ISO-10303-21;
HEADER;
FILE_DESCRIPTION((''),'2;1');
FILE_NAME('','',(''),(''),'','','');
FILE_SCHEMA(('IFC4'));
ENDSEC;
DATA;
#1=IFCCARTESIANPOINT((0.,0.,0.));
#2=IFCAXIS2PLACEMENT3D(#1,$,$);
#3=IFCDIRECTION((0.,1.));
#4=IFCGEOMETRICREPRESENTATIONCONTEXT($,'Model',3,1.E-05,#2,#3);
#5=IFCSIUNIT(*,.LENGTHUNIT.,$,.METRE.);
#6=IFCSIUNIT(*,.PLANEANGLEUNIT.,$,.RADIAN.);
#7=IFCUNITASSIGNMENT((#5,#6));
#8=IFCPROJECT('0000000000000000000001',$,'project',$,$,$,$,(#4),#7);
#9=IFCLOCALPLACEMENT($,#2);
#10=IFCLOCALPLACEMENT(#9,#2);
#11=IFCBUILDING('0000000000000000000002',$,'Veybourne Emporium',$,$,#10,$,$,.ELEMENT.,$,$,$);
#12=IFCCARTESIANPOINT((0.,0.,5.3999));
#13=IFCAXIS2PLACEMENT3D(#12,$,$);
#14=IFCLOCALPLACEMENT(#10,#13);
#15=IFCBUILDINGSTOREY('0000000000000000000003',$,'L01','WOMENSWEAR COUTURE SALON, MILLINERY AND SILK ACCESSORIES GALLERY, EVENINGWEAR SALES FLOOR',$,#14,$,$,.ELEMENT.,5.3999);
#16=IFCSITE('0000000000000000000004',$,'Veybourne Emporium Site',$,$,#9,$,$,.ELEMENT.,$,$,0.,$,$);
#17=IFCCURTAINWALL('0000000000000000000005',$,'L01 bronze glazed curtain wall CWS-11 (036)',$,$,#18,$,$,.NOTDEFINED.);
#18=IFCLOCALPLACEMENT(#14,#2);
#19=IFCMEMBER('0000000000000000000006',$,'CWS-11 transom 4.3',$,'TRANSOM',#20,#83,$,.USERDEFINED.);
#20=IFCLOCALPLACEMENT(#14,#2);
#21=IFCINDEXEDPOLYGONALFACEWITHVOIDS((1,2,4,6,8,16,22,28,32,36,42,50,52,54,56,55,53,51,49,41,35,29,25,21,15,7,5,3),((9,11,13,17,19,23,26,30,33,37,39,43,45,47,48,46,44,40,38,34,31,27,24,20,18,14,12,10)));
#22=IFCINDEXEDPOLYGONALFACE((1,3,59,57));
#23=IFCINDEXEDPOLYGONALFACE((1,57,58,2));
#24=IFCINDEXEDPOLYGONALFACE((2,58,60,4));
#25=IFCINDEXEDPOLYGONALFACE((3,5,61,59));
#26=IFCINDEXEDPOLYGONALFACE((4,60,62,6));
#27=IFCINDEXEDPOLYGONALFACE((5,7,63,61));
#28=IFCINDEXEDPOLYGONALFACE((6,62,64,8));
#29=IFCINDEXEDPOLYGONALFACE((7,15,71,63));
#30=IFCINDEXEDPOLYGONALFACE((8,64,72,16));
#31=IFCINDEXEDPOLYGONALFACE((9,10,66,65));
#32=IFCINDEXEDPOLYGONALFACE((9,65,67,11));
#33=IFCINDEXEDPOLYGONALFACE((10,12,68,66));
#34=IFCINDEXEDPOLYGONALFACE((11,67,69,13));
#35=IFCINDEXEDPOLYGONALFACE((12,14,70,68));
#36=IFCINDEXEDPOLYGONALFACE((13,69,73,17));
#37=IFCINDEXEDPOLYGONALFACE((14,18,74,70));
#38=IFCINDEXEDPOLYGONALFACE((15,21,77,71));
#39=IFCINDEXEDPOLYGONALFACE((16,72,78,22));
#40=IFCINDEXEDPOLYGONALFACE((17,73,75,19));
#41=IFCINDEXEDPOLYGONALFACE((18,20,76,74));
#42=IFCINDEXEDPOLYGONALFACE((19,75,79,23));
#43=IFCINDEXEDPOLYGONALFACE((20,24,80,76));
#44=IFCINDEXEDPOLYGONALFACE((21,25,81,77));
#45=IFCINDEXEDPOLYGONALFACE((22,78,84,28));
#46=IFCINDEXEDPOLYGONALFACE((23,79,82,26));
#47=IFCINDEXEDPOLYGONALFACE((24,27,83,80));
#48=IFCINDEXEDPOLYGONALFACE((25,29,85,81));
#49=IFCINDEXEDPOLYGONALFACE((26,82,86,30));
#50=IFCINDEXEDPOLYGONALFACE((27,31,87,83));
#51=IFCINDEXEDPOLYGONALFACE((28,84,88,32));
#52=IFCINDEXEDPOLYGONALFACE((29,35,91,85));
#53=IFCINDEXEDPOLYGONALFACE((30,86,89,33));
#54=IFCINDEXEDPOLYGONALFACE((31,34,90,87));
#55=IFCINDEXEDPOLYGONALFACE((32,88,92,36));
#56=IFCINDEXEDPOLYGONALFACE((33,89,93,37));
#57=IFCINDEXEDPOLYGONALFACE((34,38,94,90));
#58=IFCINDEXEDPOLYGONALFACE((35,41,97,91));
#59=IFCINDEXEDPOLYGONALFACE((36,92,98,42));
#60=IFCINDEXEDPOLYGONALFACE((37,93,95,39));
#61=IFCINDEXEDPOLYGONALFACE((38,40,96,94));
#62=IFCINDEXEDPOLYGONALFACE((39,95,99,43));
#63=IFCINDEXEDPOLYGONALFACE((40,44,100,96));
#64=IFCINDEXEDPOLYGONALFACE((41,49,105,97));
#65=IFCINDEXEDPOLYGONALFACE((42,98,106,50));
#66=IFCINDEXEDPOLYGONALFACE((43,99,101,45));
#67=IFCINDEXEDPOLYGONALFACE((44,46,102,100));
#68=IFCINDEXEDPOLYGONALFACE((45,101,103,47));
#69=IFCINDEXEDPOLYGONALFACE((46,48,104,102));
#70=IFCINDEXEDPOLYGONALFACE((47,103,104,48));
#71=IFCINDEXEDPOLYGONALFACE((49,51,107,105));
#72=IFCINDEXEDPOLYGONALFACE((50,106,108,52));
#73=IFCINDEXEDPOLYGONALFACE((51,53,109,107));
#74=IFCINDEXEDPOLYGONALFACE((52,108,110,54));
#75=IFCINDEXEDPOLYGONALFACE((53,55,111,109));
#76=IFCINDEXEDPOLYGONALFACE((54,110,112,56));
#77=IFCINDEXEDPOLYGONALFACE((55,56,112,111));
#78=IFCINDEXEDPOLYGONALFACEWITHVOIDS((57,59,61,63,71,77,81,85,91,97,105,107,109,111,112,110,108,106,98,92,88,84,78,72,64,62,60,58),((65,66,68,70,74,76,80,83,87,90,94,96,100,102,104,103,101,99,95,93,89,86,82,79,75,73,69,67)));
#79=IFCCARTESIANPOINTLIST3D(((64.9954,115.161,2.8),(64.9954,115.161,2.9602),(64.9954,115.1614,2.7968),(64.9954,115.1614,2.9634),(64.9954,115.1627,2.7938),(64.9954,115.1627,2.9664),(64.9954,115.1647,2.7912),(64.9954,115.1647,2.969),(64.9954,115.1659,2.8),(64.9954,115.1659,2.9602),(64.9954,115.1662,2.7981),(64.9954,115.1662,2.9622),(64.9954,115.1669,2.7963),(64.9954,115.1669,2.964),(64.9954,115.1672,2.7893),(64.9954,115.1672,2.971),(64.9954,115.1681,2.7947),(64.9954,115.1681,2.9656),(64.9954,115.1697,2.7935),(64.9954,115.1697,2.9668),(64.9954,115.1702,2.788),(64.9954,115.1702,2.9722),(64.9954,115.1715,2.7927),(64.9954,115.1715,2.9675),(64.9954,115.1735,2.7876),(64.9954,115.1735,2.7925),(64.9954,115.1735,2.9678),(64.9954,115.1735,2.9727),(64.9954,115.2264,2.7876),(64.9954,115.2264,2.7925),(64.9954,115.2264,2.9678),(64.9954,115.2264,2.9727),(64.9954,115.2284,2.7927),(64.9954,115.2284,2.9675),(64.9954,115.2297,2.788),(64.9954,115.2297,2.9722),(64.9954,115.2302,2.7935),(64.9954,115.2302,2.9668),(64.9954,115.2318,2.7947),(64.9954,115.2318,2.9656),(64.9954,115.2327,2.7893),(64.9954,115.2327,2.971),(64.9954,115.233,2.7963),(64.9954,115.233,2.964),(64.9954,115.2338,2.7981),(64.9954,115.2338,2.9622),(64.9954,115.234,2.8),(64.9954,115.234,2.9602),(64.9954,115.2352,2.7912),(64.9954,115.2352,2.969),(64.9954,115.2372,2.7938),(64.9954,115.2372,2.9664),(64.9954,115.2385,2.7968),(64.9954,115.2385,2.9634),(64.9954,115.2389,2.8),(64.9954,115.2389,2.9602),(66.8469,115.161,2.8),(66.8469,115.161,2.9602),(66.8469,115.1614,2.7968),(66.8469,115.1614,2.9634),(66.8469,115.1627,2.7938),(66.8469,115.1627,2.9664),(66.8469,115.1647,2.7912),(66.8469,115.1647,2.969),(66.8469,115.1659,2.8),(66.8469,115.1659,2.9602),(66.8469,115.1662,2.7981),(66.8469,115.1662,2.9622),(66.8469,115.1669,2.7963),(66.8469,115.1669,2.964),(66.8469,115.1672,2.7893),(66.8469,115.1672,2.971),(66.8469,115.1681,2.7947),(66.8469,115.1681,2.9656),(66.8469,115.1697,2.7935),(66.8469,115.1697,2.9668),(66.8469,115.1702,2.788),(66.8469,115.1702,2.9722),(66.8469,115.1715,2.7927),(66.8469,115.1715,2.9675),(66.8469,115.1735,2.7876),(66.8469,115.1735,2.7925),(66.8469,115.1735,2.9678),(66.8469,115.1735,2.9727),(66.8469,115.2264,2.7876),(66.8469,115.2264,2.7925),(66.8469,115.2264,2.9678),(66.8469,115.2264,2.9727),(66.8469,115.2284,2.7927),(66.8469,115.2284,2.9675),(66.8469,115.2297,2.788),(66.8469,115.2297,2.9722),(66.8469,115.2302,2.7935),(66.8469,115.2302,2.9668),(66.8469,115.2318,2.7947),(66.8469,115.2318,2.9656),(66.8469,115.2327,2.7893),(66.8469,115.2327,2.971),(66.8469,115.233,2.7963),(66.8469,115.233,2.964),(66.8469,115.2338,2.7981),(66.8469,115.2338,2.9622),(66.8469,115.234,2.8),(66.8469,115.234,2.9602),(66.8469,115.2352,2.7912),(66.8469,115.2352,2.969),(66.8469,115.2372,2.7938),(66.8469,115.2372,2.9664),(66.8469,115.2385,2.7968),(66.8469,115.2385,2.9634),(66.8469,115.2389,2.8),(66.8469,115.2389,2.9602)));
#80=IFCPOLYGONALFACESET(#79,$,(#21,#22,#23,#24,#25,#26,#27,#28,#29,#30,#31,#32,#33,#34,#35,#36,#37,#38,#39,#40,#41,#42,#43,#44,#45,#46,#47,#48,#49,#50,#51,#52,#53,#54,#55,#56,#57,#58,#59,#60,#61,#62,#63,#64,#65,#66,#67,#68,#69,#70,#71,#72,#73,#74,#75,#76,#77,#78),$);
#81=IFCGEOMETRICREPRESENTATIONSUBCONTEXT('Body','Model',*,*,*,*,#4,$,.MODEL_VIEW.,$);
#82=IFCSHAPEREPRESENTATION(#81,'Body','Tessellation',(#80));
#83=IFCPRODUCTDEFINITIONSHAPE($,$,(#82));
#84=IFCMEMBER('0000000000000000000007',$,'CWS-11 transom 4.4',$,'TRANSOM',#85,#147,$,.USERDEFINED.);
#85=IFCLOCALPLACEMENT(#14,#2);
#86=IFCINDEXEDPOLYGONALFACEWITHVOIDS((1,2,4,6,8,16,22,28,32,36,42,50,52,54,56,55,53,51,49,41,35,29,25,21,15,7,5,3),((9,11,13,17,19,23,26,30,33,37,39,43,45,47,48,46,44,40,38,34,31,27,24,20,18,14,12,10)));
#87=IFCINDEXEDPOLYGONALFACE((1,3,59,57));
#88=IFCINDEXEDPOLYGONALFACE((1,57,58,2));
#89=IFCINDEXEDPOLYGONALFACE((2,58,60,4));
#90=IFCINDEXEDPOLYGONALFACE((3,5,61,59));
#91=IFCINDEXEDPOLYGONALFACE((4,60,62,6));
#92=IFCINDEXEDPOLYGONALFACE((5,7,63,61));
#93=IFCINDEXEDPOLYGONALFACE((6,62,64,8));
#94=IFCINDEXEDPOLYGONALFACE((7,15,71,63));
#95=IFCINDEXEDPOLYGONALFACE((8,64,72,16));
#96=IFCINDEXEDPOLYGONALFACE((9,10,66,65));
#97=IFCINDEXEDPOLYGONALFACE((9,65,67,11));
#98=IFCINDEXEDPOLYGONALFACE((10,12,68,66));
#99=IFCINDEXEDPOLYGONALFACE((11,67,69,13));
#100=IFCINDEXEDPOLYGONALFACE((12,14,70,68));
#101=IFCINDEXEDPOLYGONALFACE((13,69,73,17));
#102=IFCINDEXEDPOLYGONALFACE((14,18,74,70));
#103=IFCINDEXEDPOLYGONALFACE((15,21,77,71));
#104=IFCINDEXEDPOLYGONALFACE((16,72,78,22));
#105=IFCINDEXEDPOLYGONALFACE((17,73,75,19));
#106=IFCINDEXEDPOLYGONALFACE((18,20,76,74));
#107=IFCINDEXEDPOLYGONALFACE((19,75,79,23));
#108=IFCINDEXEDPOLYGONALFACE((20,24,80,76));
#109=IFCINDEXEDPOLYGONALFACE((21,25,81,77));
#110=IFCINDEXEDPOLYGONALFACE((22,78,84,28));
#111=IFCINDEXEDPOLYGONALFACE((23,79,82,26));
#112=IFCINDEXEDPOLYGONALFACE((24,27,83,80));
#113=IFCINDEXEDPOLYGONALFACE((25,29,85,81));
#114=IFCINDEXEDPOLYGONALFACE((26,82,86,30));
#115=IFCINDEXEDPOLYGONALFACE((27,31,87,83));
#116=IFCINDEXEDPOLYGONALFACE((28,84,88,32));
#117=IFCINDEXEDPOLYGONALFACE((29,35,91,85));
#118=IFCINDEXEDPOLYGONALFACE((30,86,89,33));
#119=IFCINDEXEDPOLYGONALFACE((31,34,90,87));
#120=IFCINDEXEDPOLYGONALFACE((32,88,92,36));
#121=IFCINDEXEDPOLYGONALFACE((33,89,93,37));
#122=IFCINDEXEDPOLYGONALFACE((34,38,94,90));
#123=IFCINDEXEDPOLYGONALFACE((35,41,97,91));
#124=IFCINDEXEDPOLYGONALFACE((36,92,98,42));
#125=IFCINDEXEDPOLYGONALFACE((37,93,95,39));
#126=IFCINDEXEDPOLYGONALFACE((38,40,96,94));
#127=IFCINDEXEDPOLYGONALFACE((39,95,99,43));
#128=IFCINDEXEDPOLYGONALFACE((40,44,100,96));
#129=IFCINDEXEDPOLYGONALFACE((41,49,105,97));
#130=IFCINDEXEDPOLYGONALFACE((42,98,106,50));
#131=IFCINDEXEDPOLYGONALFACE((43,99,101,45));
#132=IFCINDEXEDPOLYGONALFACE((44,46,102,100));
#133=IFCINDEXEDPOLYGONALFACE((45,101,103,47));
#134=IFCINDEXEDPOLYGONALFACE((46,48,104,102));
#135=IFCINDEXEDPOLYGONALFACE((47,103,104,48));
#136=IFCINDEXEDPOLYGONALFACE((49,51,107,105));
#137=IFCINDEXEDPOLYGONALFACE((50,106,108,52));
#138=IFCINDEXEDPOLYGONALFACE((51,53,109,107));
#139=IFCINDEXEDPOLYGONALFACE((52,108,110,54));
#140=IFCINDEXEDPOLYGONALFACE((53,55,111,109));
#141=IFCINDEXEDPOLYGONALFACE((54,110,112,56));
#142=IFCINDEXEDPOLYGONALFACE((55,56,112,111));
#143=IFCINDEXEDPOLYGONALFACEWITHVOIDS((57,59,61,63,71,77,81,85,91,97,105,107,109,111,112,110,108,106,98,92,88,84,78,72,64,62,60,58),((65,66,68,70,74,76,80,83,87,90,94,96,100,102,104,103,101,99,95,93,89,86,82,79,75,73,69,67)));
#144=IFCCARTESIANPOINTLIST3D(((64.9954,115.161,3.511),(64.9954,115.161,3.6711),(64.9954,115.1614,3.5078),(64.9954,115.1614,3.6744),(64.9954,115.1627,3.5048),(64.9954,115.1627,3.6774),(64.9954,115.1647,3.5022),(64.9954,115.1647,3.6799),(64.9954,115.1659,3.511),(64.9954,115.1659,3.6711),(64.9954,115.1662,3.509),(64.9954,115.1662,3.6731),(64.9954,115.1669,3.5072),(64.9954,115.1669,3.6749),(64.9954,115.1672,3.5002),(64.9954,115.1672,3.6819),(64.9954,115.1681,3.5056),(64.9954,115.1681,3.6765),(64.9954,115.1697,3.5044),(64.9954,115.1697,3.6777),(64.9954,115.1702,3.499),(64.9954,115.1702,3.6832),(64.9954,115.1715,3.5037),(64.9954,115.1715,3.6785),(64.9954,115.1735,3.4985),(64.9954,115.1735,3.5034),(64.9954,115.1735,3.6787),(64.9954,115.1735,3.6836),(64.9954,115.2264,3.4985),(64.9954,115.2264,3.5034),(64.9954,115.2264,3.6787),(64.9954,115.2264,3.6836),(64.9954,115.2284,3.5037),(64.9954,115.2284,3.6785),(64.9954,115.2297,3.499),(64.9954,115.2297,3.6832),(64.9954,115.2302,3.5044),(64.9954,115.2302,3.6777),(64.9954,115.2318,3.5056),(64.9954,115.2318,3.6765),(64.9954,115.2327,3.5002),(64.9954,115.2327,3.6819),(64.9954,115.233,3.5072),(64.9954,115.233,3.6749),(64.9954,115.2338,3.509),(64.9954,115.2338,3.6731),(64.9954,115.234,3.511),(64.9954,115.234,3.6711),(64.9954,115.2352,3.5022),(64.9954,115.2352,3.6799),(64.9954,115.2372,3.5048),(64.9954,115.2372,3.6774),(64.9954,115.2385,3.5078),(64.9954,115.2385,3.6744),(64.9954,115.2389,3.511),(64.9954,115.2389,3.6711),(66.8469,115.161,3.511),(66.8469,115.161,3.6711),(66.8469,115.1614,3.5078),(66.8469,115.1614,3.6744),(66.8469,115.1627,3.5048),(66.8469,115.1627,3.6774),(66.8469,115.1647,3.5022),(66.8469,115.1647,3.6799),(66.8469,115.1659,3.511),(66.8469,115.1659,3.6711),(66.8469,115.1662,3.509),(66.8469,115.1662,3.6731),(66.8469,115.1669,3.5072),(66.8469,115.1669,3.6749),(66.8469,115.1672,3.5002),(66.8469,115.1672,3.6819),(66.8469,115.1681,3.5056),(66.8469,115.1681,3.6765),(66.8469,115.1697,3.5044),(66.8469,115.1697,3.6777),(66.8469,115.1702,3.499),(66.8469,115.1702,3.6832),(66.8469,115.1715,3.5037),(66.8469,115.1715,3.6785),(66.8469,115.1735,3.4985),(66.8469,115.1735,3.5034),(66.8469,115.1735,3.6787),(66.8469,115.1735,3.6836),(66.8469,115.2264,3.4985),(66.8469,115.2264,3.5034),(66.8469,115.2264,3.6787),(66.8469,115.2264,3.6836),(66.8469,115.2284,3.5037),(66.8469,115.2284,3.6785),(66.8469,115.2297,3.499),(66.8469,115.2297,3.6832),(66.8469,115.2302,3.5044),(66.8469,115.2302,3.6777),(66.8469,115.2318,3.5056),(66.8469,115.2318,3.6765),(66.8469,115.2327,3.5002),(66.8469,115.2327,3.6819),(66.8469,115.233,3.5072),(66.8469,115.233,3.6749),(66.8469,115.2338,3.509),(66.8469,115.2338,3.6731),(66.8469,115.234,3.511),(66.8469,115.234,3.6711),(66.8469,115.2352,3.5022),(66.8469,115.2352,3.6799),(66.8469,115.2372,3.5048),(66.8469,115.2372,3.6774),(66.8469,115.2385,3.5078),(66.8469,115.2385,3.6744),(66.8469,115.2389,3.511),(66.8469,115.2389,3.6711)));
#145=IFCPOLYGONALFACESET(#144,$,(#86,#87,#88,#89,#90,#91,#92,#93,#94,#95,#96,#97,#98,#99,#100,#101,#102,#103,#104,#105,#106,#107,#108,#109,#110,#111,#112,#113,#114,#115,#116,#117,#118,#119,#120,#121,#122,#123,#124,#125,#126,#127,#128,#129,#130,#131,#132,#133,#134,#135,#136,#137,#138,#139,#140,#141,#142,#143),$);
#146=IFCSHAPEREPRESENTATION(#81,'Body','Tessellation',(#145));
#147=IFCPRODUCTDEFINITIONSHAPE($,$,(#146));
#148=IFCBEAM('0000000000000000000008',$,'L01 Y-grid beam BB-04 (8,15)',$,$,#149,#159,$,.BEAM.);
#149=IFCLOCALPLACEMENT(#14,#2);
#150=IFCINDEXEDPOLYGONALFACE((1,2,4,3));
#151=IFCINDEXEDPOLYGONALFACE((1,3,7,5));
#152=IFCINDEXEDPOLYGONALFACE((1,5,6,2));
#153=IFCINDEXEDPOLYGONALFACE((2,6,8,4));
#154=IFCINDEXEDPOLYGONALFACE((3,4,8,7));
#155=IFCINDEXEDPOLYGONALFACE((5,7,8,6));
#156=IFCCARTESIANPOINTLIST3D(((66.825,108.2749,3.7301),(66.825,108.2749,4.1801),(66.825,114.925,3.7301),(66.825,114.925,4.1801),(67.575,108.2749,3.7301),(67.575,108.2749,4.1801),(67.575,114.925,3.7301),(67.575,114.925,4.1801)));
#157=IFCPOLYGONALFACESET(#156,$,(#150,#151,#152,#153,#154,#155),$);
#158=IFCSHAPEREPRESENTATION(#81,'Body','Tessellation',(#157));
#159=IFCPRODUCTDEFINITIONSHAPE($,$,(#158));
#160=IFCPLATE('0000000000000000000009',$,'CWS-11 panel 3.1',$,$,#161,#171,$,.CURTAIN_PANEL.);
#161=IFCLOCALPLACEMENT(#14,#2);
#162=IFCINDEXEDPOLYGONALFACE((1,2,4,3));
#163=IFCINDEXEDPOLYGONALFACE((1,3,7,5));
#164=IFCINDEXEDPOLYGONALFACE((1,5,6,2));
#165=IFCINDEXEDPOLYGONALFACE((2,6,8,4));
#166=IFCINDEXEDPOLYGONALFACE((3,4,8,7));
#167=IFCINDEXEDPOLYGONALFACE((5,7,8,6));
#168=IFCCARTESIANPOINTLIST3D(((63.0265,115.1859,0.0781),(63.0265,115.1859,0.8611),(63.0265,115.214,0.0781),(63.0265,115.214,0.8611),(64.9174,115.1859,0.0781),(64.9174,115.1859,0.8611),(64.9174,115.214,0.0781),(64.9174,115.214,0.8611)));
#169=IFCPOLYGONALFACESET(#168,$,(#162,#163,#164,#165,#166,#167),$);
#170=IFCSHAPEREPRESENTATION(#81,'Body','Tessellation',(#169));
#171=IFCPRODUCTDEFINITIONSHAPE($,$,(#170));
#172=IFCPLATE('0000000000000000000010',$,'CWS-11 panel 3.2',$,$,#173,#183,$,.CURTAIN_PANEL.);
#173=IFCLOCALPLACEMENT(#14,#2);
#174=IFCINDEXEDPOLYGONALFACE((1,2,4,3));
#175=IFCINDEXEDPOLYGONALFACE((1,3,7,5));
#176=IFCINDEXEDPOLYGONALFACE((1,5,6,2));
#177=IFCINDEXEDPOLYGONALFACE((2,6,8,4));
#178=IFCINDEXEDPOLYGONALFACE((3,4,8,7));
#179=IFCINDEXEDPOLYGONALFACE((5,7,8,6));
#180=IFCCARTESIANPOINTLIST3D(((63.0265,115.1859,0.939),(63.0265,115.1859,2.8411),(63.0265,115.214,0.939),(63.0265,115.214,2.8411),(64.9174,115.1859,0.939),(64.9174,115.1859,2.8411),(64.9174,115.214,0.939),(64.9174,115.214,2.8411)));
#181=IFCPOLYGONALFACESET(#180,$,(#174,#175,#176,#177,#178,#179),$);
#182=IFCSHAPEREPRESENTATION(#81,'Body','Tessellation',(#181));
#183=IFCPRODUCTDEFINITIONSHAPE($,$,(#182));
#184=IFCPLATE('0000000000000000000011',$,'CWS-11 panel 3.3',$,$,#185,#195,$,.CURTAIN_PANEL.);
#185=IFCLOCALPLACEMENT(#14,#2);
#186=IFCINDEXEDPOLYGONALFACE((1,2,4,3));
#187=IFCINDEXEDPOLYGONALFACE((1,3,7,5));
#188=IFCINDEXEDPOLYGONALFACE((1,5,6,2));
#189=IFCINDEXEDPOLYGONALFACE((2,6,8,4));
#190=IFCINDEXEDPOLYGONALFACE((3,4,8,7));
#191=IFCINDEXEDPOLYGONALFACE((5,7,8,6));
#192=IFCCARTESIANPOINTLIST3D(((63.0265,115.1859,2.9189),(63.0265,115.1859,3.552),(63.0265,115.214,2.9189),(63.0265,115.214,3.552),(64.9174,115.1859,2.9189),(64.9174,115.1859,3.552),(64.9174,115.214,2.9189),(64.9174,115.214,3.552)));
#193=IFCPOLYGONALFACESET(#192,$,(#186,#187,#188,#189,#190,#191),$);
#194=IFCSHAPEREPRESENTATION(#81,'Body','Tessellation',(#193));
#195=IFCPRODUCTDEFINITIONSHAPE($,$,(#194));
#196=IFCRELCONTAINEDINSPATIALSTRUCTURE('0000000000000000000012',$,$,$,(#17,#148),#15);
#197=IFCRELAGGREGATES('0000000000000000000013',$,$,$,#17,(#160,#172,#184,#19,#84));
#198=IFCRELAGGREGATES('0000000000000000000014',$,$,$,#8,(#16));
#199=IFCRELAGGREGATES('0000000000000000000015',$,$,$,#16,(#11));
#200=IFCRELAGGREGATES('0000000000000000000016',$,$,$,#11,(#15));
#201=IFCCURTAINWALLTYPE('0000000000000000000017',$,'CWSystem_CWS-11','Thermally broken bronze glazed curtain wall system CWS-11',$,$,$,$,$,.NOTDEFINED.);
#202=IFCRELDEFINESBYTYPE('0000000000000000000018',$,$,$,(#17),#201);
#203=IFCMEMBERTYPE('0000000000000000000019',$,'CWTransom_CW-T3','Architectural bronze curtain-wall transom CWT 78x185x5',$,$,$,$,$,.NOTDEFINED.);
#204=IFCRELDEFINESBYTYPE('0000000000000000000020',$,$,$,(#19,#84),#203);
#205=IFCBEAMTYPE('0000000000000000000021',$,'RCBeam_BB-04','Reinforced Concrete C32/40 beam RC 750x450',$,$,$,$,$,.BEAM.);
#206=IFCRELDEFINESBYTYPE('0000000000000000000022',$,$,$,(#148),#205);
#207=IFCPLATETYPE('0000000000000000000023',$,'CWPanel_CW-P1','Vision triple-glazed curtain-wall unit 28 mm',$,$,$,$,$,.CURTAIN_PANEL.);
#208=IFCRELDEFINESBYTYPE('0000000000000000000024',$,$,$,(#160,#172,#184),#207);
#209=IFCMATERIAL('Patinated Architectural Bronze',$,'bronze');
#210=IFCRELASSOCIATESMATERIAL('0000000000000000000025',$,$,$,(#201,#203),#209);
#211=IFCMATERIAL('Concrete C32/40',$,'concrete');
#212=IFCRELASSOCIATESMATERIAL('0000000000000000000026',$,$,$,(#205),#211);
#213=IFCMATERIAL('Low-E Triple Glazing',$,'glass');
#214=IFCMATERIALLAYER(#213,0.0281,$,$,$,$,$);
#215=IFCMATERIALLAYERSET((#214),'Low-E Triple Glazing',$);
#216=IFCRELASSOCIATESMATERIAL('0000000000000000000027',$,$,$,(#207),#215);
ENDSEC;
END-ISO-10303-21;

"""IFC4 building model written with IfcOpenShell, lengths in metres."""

from ifc_helpers import new_model, si_unit, direction, frame, origin, origin_2d, place, context, subcontext, project, spatial, rectangle, hollow_rectangle, extrude, material, layer, layer_set, material_profile, profile_set, type_object, element, aggregate, save


model = new_model("IFC4")

# Units and contexts
model_context = context("Model", 3, precision=1e-05, world=origin(), true_north=direction((0.0, 1.0)))
body_context = subcontext(model_context, "Body", "Model", "MODEL_VIEW")
ifc_project = project(units=[si_unit("LENGTHUNIT", "METRE"), si_unit("PLANEANGLEUNIT", "RADIAN")], contexts=[model_context])

# Site, building, storey
site_placement = place(None, origin())
site = spatial("IfcSite", under=ifc_project, at=site_placement, Name="Veybourne Emporium Site", CompositionType="ELEMENT", RefElevation=0.0)
building_placement = place(site_placement, origin())
building = spatial("IfcBuilding", under=site, at=building_placement, Name="Veybourne Emporium", CompositionType="ELEMENT")
storey_placement = place(building_placement, frame((0.0, 0.0, 5.3999)))
storey = spatial("IfcBuildingStorey", under=building, at=storey_placement, Name="L01", Description="WOMENSWEAR COUTURE SALON, MILLINERY AND SILK ACCESSORIES GALLERY, EVENINGWEAR SALES FLOOR", CompositionType="ELEMENT", Elevation=5.3999)

# Curtain wall, members
ifc_material_1 = material(Name="Patinated Architectural Bronze", Category="bronze")
curtain_wall_type = type_object("IfcCurtainWallType", Name="CWSystem_CWS-11", Description="Thermally broken bronze glazed curtain wall system CWS-11", PredefinedType="NOTDEFINED", material=ifc_material_1)
curtain_wall_placement = place(storey_placement, origin())
curtain_wall = element("IfcCurtainWall", 1, at=curtain_wall_placement, inside=storey, type_object=curtain_wall_type, Name="L01 bronze glazed curtain wall CWS-11 (036)", PredefinedType="NOTDEFINED")
ifc_material_profile_1 = material_profile(ifc_material_1, hollow_rectangle(XDim=0.0779, YDim=0.1851, WallThickness=0.0049, InnerFilletRadius=0.0076, OuterFilletRadius=0.0125, at=origin_2d()), Name="CWT 78x185x5")
ifc_profile_set_1 = profile_set([ifc_material_profile_1], Name="Patinated Architectural Bronze")
member_type_1 = type_object("IfcMemberType", Name="CWTransom_CW-T3", Description="Architectural bronze curtain-wall transom CWT 78x185x5", PredefinedType="NOTDEFINED", material=ifc_profile_set_1)
member_1_placement = place(storey_placement, frame((64.9954, 115.2, 2.8801), z_axis=(1.0, 0.0, 0.0), x_axis=(0.0, 1.0, 0.0)))
member_1 = element("IfcMember", 2, at=member_1_placement, type_object=member_type_1, Name="CWS-11 transom 4.3", ObjectType="TRANSOM", PredefinedType="USERDEFINED", context=body_context, shape_type="SweptSolid", body=[
    extrude(hollow_rectangle(XDim=0.0779, YDim=0.1851, WallThickness=0.0049, InnerFilletRadius=0.0076, OuterFilletRadius=0.0125, at=origin_2d()), origin(), (0.0, 0.0, 1.0), 1.8516),
])
member_2_placement = place(storey_placement, frame((64.9954, 115.2, 3.5911), z_axis=(1.0, 0.0, 0.0), x_axis=(0.0, 1.0, 0.0)))
member_2 = element("IfcMember", 3, at=member_2_placement, type_object=member_type_1, Name="CWS-11 transom 4.4", ObjectType="TRANSOM", PredefinedType="USERDEFINED", context=body_context, shape_type="SweptSolid", body=[
    extrude(hollow_rectangle(XDim=0.0779, YDim=0.1851, WallThickness=0.0049, InnerFilletRadius=0.0076, OuterFilletRadius=0.0125, at=origin_2d()), origin(), (0.0, 0.0, 1.0), 1.8516),
])

# Beam
ifc_material_2 = material(Name="Concrete C32/40", Category="concrete")
ifc_material_profile_2 = material_profile(ifc_material_2, rectangle(XDim=0.75, YDim=0.45, at=origin_2d()), Name="RC 750x450")
ifc_profile_set_2 = profile_set([ifc_material_profile_2], Name="Concrete C32/40")
beam_type = type_object("IfcBeamType", Name="RCBeam_BB-04", Description="Reinforced Concrete C32/40 beam RC 750x450", PredefinedType="BEAM", material=ifc_profile_set_2)
beam_placement = place(storey_placement, frame((67.2, 108.2749, 3.9551), z_axis=(0.0, 1.0, 0.0), x_axis=(-1.0, 0.0, 0.0)))
element("IfcBeam", 4, at=beam_placement, inside=storey, type_object=beam_type, Name="L01 Y-grid beam BB-04 (8,15)", PredefinedType="BEAM", context=body_context, shape_type="SweptSolid", body=[
    extrude(rectangle(XDim=0.75, YDim=0.45, at=origin_2d()), origin(), (0.0, 0.0, 1.0), 6.6501),
])

# Plates
ifc_material_3 = material(Name="Low-E Triple Glazing", Category="glass")
ifc_layer_1 = layer(ifc_material_3, 0.0281)
ifc_layer_set_1 = layer_set([ifc_layer_1], Name="Low-E Triple Glazing")
plate_type = type_object("IfcPlateType", Name="CWPanel_CW-P1", Description="Vision triple-glazed curtain-wall unit 28 mm", PredefinedType="CURTAIN_PANEL", material=ifc_layer_set_1)
plate_1_placement = place(storey_placement, frame((63.9719, 115.2, 0.0781), z_axis=(0.0, 0.0, 1.0), x_axis=(1.0, 0.0, 0.0)))
plate_1 = element("IfcPlate", 5, at=plate_1_placement, type_object=plate_type, Name="CWS-11 panel 3.1", PredefinedType="CURTAIN_PANEL", context=body_context, shape_type="SweptSolid", body=[
    extrude(rectangle(XDim=1.8909, YDim=0.0281, at=origin_2d()), origin(), (0.0, 0.0, 1.0), 0.783),
])
plate_2_placement = place(storey_placement, frame((63.9719, 115.2, 0.939), z_axis=(0.0, 0.0, 1.0), x_axis=(1.0, 0.0, 0.0)))
plate_2 = element("IfcPlate", 6, at=plate_2_placement, type_object=plate_type, Name="CWS-11 panel 3.2", PredefinedType="CURTAIN_PANEL", context=body_context, shape_type="SweptSolid", body=[
    extrude(rectangle(XDim=1.8909, YDim=0.0281, at=origin_2d()), origin(), (0.0, 0.0, 1.0), 1.9021),
])
plate_3_placement = place(storey_placement, frame((63.9719, 115.2, 2.9189), z_axis=(0.0, 0.0, 1.0), x_axis=(1.0, 0.0, 0.0)))
plate_3 = element("IfcPlate", 7, at=plate_3_placement, type_object=plate_type, Name="CWS-11 panel 3.3", PredefinedType="CURTAIN_PANEL", context=body_context, shape_type="SweptSolid", body=[
    extrude(rectangle(XDim=1.8909, YDim=0.0281, at=origin_2d()), origin(), (0.0, 0.0, 1.0), 0.6331),
])
aggregate(curtain_wall, [plate_1, plate_2, plate_3, member_1, member_2])

save(model, "model.ifc")
